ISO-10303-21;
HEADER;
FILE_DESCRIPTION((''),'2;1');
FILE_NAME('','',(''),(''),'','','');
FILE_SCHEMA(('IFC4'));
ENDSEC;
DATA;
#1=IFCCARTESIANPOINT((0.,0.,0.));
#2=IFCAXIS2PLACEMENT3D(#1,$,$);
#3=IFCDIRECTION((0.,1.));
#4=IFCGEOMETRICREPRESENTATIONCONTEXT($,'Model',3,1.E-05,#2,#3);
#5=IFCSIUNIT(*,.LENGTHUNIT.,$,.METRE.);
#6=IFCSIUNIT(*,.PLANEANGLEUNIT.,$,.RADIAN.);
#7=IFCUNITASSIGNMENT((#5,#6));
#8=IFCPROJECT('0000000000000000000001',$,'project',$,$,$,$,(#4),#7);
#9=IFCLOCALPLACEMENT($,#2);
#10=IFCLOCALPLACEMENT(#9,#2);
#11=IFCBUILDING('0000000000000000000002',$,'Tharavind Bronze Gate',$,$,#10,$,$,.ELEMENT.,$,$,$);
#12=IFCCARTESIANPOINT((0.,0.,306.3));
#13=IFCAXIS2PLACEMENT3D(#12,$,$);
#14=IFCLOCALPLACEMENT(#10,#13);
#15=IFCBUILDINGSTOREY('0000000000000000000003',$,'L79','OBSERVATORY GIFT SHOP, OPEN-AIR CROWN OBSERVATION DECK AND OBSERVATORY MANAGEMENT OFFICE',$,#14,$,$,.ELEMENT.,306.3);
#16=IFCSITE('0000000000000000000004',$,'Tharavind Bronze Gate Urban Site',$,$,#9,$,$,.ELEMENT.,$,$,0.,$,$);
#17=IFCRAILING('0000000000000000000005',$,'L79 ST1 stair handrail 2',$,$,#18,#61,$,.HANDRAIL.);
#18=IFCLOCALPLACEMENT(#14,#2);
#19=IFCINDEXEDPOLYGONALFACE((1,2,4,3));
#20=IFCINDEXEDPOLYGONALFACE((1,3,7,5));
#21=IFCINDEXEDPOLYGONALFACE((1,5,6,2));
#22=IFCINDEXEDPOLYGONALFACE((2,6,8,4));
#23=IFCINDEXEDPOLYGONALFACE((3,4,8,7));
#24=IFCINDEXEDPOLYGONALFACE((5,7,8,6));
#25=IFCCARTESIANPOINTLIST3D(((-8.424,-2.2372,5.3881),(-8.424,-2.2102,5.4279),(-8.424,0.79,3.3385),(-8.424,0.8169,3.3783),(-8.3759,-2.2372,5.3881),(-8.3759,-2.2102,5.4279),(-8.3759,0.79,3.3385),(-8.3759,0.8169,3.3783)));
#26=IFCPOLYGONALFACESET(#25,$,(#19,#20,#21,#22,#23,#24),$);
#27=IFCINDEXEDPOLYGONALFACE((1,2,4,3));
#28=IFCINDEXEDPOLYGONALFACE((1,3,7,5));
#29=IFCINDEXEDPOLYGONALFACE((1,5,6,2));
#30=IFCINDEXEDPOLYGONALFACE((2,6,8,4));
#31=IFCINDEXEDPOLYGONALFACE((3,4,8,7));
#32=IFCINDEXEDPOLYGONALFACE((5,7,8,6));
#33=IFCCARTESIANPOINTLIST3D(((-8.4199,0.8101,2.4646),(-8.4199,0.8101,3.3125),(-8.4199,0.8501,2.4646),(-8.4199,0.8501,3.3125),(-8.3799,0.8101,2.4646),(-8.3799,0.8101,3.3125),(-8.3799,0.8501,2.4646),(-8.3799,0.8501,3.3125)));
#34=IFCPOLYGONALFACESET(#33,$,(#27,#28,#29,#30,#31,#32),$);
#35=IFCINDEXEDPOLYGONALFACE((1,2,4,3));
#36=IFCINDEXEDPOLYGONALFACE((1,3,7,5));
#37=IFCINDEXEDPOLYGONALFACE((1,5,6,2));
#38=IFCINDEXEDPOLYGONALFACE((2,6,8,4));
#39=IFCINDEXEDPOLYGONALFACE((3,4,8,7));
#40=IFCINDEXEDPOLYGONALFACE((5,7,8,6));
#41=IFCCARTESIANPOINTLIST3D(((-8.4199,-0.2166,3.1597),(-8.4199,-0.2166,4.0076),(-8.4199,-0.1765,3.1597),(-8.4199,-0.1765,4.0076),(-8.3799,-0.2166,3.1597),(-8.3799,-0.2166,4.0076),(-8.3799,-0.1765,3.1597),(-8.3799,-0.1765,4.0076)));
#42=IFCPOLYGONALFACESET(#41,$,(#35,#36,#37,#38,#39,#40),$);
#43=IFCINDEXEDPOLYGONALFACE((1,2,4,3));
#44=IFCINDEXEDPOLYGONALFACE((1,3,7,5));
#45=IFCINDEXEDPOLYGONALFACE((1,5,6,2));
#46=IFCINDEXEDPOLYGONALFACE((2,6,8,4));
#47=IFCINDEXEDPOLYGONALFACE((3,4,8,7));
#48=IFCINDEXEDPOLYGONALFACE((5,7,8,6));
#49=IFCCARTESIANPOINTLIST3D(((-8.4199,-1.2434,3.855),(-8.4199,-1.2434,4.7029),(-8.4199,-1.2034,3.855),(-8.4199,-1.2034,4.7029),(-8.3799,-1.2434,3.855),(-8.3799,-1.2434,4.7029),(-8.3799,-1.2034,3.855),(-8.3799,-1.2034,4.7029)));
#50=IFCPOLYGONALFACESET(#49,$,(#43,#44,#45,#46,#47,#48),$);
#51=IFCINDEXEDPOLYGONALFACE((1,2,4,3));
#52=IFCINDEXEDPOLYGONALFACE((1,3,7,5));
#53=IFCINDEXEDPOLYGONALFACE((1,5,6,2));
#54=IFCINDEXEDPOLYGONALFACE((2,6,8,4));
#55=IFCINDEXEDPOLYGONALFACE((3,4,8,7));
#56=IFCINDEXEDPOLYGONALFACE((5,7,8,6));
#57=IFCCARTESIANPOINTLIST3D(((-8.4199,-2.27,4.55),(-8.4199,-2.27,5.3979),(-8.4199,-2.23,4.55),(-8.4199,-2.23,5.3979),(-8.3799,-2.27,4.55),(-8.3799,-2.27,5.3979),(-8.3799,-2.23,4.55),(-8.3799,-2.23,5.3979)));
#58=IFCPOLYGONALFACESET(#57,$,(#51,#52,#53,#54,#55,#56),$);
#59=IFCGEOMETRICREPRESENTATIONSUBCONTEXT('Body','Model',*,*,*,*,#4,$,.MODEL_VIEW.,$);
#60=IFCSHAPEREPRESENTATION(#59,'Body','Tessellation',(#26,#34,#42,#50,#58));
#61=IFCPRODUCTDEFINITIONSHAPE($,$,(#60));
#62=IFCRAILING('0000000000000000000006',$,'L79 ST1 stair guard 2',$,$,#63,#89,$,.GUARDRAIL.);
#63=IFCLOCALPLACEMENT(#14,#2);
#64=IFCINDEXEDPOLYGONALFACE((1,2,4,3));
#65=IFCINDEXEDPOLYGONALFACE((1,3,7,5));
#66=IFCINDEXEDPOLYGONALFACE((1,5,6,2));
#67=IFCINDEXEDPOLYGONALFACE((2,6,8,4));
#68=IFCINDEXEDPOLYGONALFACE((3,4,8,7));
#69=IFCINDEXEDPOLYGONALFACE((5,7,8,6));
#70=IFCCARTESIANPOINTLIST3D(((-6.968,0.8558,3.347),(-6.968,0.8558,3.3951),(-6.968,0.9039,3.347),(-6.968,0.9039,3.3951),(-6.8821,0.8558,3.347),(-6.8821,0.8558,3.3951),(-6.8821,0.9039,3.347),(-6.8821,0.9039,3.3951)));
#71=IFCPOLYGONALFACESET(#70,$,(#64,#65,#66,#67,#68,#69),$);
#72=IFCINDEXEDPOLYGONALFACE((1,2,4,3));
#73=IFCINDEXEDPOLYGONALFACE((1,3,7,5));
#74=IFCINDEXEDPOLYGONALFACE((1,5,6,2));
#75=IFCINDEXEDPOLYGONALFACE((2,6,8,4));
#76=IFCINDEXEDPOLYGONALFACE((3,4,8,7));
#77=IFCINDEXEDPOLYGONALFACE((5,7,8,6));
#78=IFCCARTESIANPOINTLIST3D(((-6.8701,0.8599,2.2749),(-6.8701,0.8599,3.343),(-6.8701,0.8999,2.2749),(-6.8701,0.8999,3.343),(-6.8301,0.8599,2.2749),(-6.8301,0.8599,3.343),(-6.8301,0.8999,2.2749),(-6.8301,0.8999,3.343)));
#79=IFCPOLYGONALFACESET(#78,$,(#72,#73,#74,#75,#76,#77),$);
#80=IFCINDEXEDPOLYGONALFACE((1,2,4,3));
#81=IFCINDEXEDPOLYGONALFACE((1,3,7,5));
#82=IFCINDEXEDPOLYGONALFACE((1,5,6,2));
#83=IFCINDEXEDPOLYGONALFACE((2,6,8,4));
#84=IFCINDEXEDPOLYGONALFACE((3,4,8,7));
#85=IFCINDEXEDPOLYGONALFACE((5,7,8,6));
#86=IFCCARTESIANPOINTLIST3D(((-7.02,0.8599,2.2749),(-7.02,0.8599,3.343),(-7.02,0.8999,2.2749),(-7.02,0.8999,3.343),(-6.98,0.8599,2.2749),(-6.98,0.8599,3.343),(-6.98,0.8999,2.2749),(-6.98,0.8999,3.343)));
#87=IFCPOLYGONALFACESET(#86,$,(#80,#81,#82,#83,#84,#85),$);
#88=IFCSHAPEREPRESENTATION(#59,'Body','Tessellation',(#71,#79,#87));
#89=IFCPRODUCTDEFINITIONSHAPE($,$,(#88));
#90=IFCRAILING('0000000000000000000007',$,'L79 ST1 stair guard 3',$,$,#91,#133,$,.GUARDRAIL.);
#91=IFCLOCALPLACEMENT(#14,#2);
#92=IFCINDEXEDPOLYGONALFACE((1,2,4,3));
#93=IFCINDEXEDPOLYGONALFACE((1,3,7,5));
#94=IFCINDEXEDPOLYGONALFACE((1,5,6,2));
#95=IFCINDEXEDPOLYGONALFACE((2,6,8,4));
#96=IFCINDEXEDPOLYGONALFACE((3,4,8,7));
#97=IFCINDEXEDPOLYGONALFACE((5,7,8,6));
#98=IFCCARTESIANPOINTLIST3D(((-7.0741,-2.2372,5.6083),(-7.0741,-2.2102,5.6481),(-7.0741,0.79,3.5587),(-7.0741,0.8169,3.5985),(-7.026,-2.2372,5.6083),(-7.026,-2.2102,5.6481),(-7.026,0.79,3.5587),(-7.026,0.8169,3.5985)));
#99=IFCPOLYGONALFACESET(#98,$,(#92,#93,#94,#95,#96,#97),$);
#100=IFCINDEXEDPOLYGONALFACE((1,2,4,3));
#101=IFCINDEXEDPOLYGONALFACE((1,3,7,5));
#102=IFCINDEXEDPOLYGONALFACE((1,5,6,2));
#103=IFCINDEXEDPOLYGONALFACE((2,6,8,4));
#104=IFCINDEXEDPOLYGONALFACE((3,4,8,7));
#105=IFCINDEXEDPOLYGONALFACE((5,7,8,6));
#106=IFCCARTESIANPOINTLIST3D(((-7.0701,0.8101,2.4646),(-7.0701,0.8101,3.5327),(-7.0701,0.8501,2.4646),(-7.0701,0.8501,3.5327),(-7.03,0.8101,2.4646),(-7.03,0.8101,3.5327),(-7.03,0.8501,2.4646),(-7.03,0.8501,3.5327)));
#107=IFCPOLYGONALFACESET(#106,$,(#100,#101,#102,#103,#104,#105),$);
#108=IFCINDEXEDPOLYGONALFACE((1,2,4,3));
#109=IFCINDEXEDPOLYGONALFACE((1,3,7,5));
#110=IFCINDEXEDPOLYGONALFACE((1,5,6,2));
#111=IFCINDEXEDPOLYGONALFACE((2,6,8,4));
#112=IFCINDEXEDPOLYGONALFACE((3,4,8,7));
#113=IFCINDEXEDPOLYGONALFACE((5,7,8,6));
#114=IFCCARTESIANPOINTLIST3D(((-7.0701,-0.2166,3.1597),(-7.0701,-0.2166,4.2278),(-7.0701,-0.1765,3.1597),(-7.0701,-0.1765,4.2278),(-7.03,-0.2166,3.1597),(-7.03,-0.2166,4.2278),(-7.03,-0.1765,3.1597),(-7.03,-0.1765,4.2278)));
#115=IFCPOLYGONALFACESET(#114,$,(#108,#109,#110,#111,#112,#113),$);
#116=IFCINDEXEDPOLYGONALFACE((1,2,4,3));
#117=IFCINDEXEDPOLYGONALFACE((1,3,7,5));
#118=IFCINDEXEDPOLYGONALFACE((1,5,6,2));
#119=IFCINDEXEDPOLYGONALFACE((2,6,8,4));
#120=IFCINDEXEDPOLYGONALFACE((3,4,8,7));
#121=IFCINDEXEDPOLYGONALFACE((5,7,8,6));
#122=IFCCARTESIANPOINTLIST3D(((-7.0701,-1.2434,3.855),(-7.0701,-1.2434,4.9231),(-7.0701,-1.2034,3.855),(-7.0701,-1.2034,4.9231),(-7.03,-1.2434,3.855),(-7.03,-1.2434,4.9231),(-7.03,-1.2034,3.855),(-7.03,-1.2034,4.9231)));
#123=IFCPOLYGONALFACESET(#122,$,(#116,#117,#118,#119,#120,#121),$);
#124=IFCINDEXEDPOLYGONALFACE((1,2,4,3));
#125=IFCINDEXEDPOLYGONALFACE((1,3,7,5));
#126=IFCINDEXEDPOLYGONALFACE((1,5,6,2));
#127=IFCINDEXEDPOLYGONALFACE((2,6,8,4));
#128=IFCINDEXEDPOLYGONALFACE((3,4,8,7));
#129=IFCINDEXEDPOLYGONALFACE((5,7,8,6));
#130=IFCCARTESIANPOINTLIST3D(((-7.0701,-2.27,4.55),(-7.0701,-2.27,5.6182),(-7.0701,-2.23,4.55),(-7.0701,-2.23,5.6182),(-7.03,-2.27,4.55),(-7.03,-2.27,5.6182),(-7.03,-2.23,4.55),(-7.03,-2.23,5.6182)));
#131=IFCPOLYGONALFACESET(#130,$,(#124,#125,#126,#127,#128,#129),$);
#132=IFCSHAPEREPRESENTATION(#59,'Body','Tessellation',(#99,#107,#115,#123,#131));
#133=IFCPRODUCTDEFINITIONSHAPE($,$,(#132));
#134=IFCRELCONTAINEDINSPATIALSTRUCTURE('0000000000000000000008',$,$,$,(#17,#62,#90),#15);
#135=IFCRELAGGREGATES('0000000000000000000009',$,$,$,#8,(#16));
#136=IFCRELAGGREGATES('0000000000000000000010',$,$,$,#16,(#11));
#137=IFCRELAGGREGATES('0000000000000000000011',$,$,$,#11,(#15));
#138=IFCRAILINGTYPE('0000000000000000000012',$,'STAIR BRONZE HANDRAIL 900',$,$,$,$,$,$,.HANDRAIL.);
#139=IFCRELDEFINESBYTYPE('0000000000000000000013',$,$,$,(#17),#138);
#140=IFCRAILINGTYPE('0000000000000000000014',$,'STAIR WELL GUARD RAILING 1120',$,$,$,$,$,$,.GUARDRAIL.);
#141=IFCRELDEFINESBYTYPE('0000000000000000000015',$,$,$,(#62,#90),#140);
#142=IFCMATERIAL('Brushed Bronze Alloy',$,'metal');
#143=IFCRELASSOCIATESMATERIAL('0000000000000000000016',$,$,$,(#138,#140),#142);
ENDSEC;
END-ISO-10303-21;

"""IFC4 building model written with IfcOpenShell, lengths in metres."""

from ifc_helpers import new_model, si_unit, direction, frame, origin, origin_2d, place, context, subcontext, project, spatial, rectangle, extrude, material, type_object, element, save


model = new_model("IFC4")

# Units and contexts
model_context = context("Model", 3, precision=1e-05, world=origin(), true_north=direction((0.0, 1.0)))
body_context = subcontext(model_context, "Body", "Model", "MODEL_VIEW")
ifc_project = project(units=[si_unit("LENGTHUNIT", "METRE"), si_unit("PLANEANGLEUNIT", "RADIAN")], contexts=[model_context])

# Site, building, storey
site_placement = place(None, origin())
site = spatial("IfcSite", under=ifc_project, at=site_placement, Name="Tharavind Bronze Gate Urban Site", CompositionType="ELEMENT", RefElevation=0.0)
building_placement = place(site_placement, origin())
building = spatial("IfcBuilding", under=site, at=building_placement, Name="Tharavind Bronze Gate", CompositionType="ELEMENT")
storey_placement = place(building_placement, frame((0.0, 0.0, 306.3)))
storey = spatial("IfcBuildingStorey", under=building, at=storey_placement, Name="L79", Description="OBSERVATORY GIFT SHOP, OPEN-AIR CROWN OBSERVATION DECK AND OBSERVATORY MANAGEMENT OFFICE", CompositionType="ELEMENT", Elevation=306.3)

# Railings
ifc_material_1 = material(Name="Brushed Bronze Alloy", Category="metal")
railing_type_1 = type_object("IfcRailingType", Name="STAIR BRONZE HANDRAIL 900", PredefinedType="HANDRAIL", material=ifc_material_1)
railing_1_placement = place(storey_placement, frame((-8.3999, 0.8301, 2.4646)))
element("IfcRailing", 1, at=railing_1_placement, inside=storey, type_object=railing_type_1, Name="L79 ST1 stair handrail 2", PredefinedType="HANDRAIL", context=body_context, shape_type="SweptSolid", body=[
    extrude(rectangle(XDim=0.0481, YDim=0.0481, at=origin_2d()), frame((0.0, -0.0266, 0.8938), z_axis=(0.0, -0.82805, 0.560654), x_axis=(1.0, 0.0, 0.0)), (0.0, 0.0, 1.0), 3.6558),
    extrude(rectangle(XDim=0.04, YDim=0.04, at=origin_2d()), origin(), (0.0, 0.0, 1.0), 0.8479),
    extrude(rectangle(XDim=0.04, YDim=0.04, at=origin_2d()), frame((0.0, -1.0266, 0.6951)), (0.0, 0.0, 1.0), 0.8479),
    extrude(rectangle(XDim=0.04, YDim=0.04, at=origin_2d()), frame((0.0, -2.0535, 1.3904)), (0.0, 0.0, 1.0), 0.8479),
    extrude(rectangle(XDim=0.04, YDim=0.04, at=origin_2d()), frame((0.0, -3.0801, 2.0854)), (0.0, 0.0, 1.0), 0.8479),
])
railing_type_2 = type_object("IfcRailingType", Name="STAIR WELL GUARD RAILING 1120", PredefinedType="GUARDRAIL", material=ifc_material_1)
railing_2_placement = place(storey_placement, frame((-6.8501, 0.8799, 2.2749)))
element("IfcRailing", 2, at=railing_2_placement, inside=storey, type_object=railing_type_2, Name="L79 ST1 stair guard 2", PredefinedType="GUARDRAIL", context=body_context, shape_type="SweptSolid", body=[
    extrude(rectangle(XDim=0.0481, YDim=0.0481, at=origin_2d()), frame((-0.032, 0.0, 1.0962), z_axis=(-1.0, 0.0, 0.0), x_axis=(0.0, -1.0, 0.0)), (0.0, 0.0, 1.0), 0.0859),
    extrude(rectangle(XDim=0.04, YDim=0.04, at=origin_2d()), origin(), (0.0, 0.0, 1.0), 1.0681),
    extrude(rectangle(XDim=0.04, YDim=0.04, at=origin_2d()), frame((-0.1499, 0.0, 0.0)), (0.0, 0.0, 1.0), 1.0681),
])
railing_3_placement = place(storey_placement, frame((-7.05, 0.8301, 2.4646)))
element("IfcRailing", 3, at=railing_3_placement, inside=storey, type_object=railing_type_2, Name="L79 ST1 stair guard 3", PredefinedType="GUARDRAIL", context=body_context, shape_type="SweptSolid", body=[
    extrude(rectangle(XDim=0.0481, YDim=0.0481, at=origin_2d()), frame((0.0, -0.0266, 1.114), z_axis=(0.0, -0.82805, 0.560654), x_axis=(1.0, 0.0, 0.0)), (0.0, 0.0, 1.0), 3.6558),
    extrude(rectangle(XDim=0.04, YDim=0.04, at=origin_2d()), origin(), (0.0, 0.0, 1.0), 1.0681),
    extrude(rectangle(XDim=0.04, YDim=0.04, at=origin_2d()), frame((0.0, -1.0266, 0.6951)), (0.0, 0.0, 1.0), 1.0681),
    extrude(rectangle(XDim=0.04, YDim=0.04, at=origin_2d()), frame((0.0, -2.0535, 1.3904)), (0.0, 0.0, 1.0), 1.0681),
    extrude(rectangle(XDim=0.04, YDim=0.04, at=origin_2d()), frame((0.0, -3.0801, 2.0854)), (0.0, 0.0, 1.0), 1.0681),
])

save(model, "model.ifc")
